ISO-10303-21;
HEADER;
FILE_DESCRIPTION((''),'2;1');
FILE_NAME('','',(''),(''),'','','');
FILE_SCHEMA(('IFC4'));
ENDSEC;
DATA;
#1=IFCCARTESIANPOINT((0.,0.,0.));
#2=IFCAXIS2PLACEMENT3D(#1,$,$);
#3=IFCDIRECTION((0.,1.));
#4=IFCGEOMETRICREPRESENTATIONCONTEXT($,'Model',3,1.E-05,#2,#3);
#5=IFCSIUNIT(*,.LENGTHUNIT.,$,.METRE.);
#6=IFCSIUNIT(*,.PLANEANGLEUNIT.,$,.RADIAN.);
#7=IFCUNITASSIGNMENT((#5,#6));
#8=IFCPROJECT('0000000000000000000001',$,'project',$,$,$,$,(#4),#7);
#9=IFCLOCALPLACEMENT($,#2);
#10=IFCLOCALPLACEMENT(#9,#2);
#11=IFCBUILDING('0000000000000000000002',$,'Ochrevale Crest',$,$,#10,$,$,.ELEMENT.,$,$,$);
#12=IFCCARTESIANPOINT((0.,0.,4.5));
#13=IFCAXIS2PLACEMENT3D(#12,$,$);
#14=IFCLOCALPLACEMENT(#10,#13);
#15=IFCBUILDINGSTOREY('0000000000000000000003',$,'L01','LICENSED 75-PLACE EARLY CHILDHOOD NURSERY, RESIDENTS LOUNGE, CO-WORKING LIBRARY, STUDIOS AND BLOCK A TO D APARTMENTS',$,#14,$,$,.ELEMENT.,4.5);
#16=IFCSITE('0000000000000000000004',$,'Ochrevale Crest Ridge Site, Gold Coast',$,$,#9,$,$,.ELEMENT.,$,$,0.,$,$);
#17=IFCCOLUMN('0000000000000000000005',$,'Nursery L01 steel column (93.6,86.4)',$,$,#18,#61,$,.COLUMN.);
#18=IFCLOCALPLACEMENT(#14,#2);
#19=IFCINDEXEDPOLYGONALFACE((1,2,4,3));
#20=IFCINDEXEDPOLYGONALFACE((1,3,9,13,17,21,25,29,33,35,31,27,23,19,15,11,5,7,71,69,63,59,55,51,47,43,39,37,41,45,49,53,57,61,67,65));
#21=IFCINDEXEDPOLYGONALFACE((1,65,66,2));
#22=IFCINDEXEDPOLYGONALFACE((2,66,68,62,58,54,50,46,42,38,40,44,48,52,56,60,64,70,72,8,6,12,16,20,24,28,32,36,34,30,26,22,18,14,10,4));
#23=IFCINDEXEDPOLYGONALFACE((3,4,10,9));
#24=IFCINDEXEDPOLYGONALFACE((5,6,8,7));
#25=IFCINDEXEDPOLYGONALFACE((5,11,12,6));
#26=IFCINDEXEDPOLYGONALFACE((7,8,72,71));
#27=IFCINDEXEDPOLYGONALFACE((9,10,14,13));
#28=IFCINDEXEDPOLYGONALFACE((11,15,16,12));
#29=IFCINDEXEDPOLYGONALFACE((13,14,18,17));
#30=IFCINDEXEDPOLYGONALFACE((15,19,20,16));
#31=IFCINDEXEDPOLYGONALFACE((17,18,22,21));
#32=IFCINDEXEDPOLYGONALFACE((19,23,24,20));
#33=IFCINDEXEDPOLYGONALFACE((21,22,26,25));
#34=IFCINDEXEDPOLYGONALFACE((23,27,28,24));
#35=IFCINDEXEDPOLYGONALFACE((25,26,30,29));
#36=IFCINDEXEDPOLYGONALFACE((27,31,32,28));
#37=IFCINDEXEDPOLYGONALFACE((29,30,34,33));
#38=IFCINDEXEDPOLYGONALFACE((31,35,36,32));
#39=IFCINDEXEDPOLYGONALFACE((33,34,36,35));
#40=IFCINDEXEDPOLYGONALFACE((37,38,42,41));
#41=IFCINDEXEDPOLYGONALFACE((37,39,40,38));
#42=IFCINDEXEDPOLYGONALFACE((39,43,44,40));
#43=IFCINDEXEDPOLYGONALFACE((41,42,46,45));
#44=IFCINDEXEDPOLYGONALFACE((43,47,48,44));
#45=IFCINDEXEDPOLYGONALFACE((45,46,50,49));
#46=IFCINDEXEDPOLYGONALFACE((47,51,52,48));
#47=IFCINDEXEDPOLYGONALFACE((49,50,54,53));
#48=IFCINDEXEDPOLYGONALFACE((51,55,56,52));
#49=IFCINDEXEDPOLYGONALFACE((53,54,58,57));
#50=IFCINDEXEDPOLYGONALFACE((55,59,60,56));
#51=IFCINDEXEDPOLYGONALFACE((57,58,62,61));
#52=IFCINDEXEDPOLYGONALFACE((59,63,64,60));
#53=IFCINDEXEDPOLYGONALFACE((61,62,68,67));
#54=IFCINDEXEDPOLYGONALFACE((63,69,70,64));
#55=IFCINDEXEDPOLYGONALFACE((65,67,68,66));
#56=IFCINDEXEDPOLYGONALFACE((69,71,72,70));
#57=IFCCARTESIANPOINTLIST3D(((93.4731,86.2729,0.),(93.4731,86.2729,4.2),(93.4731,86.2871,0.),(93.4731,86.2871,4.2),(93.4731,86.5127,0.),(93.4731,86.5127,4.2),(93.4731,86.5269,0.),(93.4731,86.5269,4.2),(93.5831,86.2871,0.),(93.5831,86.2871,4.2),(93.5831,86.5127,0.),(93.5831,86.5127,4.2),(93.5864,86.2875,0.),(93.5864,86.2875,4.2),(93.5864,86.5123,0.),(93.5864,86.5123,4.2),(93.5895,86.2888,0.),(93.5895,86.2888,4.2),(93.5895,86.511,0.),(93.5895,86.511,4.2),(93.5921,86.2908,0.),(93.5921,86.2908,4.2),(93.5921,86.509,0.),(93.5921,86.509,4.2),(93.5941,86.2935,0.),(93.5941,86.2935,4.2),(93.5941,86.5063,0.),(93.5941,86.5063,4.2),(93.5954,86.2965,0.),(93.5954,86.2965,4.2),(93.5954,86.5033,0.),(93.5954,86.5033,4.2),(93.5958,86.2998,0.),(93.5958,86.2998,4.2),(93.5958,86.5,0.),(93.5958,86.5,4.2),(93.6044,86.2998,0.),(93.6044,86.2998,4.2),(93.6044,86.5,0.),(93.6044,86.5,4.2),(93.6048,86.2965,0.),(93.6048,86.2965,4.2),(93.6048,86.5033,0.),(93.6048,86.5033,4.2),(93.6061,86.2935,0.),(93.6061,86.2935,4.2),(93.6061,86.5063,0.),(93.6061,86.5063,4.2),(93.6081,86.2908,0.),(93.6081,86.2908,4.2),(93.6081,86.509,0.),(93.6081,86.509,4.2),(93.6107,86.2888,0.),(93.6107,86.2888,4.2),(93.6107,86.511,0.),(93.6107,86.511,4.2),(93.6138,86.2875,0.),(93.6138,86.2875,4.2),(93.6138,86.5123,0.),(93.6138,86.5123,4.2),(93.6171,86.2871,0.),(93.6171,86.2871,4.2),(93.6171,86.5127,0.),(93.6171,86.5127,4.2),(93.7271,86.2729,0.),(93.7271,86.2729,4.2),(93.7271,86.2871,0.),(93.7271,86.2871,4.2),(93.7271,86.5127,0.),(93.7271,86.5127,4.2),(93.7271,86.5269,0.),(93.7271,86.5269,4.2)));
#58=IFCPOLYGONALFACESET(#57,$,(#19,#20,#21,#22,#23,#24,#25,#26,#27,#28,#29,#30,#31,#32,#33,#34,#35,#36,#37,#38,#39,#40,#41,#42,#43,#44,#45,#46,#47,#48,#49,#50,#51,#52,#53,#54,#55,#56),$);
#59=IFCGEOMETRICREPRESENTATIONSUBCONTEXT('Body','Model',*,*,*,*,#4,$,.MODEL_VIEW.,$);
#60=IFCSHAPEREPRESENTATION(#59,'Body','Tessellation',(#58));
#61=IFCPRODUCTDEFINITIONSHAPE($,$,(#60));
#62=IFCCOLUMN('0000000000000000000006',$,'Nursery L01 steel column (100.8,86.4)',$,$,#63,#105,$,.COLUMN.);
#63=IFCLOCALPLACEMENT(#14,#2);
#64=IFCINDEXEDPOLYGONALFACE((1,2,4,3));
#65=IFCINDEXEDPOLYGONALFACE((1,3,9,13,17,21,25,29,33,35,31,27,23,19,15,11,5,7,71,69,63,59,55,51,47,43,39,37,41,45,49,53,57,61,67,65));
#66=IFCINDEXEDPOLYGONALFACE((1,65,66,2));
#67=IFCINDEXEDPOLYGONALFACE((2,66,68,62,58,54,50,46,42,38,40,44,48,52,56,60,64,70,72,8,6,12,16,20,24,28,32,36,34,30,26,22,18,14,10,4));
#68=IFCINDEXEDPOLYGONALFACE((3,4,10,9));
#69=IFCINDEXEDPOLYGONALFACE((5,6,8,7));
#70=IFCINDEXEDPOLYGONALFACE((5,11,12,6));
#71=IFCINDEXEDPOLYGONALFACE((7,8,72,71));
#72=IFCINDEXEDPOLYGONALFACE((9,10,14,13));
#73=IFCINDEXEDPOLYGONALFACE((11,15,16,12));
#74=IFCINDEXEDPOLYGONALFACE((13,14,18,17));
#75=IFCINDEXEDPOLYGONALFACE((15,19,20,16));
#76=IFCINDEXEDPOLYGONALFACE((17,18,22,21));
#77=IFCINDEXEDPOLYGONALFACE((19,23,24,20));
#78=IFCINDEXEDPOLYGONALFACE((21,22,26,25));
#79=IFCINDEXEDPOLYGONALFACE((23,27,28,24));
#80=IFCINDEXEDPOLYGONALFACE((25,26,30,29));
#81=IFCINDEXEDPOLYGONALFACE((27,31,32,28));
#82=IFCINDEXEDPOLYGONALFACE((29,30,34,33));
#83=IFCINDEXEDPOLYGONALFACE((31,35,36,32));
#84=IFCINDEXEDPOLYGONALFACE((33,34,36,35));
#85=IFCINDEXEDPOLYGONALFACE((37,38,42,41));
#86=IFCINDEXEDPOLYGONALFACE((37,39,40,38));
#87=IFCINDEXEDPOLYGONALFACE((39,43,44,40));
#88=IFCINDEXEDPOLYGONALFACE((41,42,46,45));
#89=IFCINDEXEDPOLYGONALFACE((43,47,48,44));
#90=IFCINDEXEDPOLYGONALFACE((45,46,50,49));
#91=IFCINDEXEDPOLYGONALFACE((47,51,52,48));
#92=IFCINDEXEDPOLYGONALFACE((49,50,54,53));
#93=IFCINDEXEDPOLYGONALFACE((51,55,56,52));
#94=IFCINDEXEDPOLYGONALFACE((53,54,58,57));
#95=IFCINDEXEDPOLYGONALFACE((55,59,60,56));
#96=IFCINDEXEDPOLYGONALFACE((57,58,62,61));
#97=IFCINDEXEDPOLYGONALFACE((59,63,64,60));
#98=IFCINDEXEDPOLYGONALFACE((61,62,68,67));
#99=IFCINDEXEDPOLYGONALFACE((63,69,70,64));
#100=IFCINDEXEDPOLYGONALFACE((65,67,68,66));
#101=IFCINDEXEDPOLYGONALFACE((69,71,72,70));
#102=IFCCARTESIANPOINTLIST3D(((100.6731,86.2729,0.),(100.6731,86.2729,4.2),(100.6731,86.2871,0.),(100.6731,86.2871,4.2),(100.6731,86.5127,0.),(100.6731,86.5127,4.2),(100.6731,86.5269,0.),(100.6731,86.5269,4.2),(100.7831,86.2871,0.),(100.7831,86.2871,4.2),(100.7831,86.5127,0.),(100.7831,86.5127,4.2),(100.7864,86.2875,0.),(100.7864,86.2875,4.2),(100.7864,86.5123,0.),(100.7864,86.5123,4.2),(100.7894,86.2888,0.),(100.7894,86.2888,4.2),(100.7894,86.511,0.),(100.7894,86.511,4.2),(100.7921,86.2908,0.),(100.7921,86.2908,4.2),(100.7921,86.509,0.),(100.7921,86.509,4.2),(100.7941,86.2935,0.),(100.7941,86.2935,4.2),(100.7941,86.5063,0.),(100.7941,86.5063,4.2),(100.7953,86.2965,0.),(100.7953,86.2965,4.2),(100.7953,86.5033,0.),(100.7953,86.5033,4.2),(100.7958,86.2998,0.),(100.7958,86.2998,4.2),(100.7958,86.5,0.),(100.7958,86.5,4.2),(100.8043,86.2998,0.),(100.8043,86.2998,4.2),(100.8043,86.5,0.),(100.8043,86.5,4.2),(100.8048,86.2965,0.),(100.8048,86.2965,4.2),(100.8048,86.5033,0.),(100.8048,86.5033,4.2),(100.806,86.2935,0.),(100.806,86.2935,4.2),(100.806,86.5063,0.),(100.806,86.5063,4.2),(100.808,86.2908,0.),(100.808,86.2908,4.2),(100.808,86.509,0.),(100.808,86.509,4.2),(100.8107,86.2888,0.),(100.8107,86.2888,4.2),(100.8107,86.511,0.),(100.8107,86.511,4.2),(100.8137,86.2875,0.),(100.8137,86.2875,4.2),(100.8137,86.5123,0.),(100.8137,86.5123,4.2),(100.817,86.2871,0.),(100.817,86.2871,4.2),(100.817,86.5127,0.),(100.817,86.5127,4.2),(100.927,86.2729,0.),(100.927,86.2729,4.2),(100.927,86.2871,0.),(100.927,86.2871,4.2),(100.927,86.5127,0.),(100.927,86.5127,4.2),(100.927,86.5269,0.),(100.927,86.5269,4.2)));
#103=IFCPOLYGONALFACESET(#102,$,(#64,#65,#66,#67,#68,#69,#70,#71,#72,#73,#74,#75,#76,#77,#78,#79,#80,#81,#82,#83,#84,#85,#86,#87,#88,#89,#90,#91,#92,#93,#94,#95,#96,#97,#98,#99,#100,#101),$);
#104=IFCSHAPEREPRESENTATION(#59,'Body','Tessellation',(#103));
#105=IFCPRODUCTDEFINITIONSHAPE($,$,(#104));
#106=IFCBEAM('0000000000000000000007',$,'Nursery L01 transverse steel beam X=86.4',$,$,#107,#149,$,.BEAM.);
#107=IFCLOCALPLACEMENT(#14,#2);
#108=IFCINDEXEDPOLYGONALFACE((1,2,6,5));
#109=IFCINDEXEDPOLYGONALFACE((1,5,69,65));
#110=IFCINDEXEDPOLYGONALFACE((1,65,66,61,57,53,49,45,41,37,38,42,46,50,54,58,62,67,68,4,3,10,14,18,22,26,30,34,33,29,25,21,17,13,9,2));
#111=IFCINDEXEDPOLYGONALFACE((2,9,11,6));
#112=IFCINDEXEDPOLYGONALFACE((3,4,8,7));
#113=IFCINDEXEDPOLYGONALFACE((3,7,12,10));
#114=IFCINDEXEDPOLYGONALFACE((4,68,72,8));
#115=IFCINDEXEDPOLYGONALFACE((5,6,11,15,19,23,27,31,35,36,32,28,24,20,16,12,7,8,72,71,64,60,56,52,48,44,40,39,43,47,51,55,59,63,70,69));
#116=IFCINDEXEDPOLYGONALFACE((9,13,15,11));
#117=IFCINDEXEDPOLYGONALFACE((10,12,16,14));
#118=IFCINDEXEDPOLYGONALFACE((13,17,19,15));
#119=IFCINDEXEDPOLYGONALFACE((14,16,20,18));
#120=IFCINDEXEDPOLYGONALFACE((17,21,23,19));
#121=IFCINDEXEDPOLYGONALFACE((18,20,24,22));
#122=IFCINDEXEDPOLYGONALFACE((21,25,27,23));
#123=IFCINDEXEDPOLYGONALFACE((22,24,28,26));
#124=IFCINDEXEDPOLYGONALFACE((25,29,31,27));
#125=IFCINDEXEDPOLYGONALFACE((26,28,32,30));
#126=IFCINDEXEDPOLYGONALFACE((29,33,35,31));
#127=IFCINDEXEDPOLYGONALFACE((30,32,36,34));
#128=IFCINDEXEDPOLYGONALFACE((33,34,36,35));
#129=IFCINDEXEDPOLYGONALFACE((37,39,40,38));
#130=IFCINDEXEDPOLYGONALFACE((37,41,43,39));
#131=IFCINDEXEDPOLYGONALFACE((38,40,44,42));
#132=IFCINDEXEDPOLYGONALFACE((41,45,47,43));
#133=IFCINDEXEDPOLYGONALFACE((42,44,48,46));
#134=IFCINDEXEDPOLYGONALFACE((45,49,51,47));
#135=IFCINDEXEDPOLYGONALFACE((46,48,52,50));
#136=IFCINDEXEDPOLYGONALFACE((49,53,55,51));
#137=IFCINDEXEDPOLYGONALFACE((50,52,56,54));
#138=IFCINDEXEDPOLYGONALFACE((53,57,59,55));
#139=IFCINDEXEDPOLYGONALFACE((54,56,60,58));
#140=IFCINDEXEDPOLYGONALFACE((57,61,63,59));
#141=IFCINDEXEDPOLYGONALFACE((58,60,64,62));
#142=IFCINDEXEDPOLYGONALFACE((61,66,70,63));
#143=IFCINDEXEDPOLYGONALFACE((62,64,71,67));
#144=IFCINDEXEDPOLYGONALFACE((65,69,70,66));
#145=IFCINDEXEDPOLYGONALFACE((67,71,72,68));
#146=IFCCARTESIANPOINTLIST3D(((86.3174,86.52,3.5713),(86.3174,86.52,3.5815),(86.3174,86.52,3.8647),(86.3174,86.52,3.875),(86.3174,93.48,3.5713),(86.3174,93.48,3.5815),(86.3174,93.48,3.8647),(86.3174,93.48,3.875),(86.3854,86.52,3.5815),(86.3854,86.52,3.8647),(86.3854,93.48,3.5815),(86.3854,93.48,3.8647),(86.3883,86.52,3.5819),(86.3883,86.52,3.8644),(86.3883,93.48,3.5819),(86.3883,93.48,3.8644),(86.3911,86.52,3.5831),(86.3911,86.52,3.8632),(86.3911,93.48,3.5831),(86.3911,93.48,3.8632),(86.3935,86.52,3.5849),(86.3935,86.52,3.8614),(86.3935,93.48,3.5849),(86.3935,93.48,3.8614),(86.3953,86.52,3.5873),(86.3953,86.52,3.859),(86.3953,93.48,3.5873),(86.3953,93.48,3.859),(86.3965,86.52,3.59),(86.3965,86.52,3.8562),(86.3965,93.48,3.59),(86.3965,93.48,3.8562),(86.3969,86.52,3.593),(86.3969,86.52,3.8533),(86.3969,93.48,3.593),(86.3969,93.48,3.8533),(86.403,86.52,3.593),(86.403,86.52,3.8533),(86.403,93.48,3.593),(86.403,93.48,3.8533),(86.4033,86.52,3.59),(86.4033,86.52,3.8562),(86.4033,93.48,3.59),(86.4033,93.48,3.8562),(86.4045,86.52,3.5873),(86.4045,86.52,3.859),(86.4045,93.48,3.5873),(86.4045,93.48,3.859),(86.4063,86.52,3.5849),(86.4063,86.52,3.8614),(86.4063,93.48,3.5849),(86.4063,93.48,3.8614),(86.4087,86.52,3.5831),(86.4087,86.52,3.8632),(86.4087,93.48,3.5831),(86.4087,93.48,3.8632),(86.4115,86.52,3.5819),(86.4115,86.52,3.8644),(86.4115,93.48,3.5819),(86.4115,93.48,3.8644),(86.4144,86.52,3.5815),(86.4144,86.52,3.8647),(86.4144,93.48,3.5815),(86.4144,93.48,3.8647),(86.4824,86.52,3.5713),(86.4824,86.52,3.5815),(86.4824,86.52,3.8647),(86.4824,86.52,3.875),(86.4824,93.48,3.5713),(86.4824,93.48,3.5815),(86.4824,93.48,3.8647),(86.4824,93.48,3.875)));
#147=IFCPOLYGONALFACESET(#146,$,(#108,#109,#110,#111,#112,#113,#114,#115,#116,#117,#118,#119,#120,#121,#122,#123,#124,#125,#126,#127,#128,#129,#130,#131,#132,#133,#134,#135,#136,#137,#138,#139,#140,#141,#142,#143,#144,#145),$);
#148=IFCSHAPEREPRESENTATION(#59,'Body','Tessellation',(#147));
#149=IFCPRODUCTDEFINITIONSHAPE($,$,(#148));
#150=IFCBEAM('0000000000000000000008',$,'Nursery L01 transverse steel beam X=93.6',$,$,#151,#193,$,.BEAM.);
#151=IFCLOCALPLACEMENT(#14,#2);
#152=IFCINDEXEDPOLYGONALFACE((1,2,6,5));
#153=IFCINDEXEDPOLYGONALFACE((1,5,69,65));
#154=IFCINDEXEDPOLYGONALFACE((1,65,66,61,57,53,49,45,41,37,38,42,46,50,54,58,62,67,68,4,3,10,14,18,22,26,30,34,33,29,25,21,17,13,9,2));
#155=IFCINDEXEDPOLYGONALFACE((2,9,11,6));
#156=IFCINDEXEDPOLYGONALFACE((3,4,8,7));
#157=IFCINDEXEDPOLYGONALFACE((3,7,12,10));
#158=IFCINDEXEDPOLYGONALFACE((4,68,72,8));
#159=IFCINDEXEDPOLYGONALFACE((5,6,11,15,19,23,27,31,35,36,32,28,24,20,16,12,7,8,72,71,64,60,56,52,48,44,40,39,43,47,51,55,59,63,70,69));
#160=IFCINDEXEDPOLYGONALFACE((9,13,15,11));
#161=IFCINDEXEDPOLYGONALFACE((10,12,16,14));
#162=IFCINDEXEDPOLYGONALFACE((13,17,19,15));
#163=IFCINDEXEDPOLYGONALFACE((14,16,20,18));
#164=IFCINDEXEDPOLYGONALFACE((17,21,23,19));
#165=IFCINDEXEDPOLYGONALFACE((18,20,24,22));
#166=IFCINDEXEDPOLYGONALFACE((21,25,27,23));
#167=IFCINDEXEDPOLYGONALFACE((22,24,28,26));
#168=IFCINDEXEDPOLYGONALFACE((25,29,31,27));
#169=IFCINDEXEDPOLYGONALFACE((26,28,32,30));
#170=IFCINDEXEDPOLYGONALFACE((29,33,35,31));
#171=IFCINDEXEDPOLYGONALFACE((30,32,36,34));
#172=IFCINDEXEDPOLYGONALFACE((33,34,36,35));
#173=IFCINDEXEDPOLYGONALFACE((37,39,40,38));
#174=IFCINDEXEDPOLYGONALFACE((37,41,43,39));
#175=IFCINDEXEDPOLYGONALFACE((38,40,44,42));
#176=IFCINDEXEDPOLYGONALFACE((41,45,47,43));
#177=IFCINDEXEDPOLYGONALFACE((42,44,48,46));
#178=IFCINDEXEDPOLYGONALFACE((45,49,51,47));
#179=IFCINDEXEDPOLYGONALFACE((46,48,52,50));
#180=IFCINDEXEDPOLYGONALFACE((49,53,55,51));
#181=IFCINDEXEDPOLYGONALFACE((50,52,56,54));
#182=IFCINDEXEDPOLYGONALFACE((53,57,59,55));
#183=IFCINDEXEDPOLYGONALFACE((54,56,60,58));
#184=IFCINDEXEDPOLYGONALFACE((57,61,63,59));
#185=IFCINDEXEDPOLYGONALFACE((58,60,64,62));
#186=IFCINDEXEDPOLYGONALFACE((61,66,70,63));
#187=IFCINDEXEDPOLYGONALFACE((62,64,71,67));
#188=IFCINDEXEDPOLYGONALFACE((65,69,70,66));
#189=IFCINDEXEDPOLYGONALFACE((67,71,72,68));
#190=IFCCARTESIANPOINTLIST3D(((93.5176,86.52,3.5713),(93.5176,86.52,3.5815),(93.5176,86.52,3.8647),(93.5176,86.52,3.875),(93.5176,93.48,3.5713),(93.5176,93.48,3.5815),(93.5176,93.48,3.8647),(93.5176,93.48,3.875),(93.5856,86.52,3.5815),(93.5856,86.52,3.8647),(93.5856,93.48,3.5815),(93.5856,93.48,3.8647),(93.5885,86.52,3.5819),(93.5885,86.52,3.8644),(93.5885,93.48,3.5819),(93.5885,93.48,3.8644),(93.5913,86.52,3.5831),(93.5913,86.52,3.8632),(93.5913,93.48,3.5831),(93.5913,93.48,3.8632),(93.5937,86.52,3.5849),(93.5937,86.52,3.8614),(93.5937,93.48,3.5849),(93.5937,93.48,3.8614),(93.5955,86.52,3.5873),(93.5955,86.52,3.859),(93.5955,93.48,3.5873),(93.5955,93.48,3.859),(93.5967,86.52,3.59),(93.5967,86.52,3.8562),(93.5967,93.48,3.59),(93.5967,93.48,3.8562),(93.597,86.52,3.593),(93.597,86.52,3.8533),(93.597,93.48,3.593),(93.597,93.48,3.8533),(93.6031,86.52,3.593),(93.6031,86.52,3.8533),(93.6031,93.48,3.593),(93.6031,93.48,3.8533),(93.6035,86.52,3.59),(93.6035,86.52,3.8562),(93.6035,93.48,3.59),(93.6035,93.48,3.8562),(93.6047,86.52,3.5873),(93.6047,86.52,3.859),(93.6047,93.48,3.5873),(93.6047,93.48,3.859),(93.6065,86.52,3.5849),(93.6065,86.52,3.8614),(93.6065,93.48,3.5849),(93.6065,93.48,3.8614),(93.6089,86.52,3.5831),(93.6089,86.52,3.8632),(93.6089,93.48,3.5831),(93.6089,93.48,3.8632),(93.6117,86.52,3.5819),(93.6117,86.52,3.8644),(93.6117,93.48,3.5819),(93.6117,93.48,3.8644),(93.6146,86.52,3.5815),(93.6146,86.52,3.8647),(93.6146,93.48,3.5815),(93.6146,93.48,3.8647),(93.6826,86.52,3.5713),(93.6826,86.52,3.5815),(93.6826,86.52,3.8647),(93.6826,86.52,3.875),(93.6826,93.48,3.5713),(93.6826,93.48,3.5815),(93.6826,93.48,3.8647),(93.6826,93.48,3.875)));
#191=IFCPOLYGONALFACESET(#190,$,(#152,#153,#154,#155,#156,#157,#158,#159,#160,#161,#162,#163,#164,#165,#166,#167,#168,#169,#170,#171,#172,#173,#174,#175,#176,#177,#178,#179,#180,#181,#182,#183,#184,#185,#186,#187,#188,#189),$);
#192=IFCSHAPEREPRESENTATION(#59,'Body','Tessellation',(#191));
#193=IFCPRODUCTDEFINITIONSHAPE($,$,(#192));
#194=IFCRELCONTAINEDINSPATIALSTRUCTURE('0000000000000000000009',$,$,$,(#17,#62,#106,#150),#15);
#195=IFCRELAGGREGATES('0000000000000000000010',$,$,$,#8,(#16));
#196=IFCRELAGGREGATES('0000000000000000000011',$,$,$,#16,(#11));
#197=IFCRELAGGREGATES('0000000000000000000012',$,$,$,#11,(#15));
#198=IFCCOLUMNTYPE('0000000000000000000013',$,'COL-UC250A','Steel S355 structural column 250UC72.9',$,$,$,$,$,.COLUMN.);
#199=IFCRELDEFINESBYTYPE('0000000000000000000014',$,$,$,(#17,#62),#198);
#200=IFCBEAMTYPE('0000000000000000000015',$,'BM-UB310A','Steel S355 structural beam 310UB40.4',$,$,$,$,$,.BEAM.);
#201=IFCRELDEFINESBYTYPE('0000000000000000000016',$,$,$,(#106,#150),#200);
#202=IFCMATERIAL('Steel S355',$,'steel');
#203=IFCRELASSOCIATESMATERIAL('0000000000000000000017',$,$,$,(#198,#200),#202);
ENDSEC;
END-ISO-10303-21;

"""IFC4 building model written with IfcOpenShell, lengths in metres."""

from ifc_helpers import new_model, si_unit, direction, frame, origin, origin_2d, place, context, subcontext, project, spatial, i_section, extrude, material, material_profile, profile_set, type_object, element, save


model = new_model("IFC4")

# Units and contexts
model_context = context("Model", 3, precision=1e-05, world=origin(), true_north=direction((0.0, 1.0)))
body_context = subcontext(model_context, "Body", "Model", "MODEL_VIEW")
ifc_project = project(units=[si_unit("LENGTHUNIT", "METRE"), si_unit("PLANEANGLEUNIT", "RADIAN")], contexts=[model_context])

# Site, building, storey
site_placement = place(None, origin())
site = spatial("IfcSite", under=ifc_project, at=site_placement, Name="Ochrevale Crest Ridge Site, Gold Coast", CompositionType="ELEMENT", RefElevation=0.0)
building_placement = place(site_placement, origin())
building = spatial("IfcBuilding", under=site, at=building_placement, Name="Ochrevale Crest", CompositionType="ELEMENT")
storey_placement = place(building_placement, frame((0.0, 0.0, 4.5)))
storey = spatial("IfcBuildingStorey", under=building, at=storey_placement, Name="L01", Description="LICENSED 75-PLACE EARLY CHILDHOOD NURSERY, RESIDENTS LOUNGE, CO-WORKING LIBRARY, STUDIOS AND BLOCK A TO D APARTMENTS", CompositionType="ELEMENT", Elevation=4.5)

# Columns
ifc_material_1 = material(Name="Steel S355", Category="steel")
ifc_material_profile_1 = material_profile(ifc_material_1, i_section(OverallWidth=0.2539, OverallDepth=0.2539, WebThickness=0.0085, FlangeThickness=0.0142, FilletRadius=0.0127, at=origin_2d()), Name="250UC72.9")
ifc_profile_set_1 = profile_set([ifc_material_profile_1], Name="Steel S355")
column_type_1 = type_object("IfcColumnType", Name="COL-UC250A", Description="Steel S355 structural column 250UC72.9", PredefinedType="COLUMN", material=ifc_profile_set_1)
for number, where, z_axis, x_axis, name in (
    (1, (93.6001, 86.3999, 0.0), (0.0, 0.0, 1.0), (1.0, 0.0, 0.0), "Nursery L01 steel column (93.6,86.4)"),
    (2, (100.8, 86.3999, 0.0), (0.0, 0.0, 1.0), (1.0, 0.0, 0.0), "Nursery L01 steel column (100.8,86.4)"),
):
    element("IfcColumn", number, at=place(storey_placement, frame(where, z_axis=z_axis, x_axis=x_axis)), inside=storey, type_object=column_type_1, Name=name, PredefinedType="COLUMN", context=body_context, shape_type="SweptSolid", body=[
        extrude(i_section(OverallWidth=0.2539, OverallDepth=0.2539, WebThickness=0.0085, FlangeThickness=0.0142, FilletRadius=0.0127, at=origin_2d()), origin(), (0.0, 0.0, 1.0), 4.2),
    ])

# Beams
ifc_material_profile_2 = material_profile(ifc_material_1, i_section(OverallWidth=0.165, OverallDepth=0.3037, WebThickness=0.0061, FlangeThickness=0.0103, FilletRadius=0.0115, at=origin_2d()), Name="310UB40.4")
ifc_profile_set_2 = profile_set([ifc_material_profile_2], Name="Steel S355")
beam_type_1 = type_object("IfcBeamType", Name="BM-UB310A", Description="Steel S355 structural beam 310UB40.4", PredefinedType="BEAM", material=ifc_profile_set_2)
for number, where, z_axis, x_axis, name in (
    (3, (86.3999, 86.52, 3.7231), (0.0, 1.0, 0.0), (-1.0, 0.0, 0.0), "Nursery L01 transverse steel beam X=86.4"),
    (4, (93.6001, 86.52, 3.7231), (0.0, 1.0, 0.0), (-1.0, 0.0, 0.0), "Nursery L01 transverse steel beam X=93.6"),
):
    element("IfcBeam", number, at=place(storey_placement, frame(where, z_axis=z_axis, x_axis=x_axis)), inside=storey, type_object=beam_type_1, Name=name, PredefinedType="BEAM", context=body_context, shape_type="SweptSolid", body=[
        extrude(i_section(OverallWidth=0.165, OverallDepth=0.3037, WebThickness=0.0061, FlangeThickness=0.0103, FilletRadius=0.0115, at=origin_2d()), origin(), (0.0, 0.0, 1.0), 6.96),
    ])

save(model, "model.ifc")
